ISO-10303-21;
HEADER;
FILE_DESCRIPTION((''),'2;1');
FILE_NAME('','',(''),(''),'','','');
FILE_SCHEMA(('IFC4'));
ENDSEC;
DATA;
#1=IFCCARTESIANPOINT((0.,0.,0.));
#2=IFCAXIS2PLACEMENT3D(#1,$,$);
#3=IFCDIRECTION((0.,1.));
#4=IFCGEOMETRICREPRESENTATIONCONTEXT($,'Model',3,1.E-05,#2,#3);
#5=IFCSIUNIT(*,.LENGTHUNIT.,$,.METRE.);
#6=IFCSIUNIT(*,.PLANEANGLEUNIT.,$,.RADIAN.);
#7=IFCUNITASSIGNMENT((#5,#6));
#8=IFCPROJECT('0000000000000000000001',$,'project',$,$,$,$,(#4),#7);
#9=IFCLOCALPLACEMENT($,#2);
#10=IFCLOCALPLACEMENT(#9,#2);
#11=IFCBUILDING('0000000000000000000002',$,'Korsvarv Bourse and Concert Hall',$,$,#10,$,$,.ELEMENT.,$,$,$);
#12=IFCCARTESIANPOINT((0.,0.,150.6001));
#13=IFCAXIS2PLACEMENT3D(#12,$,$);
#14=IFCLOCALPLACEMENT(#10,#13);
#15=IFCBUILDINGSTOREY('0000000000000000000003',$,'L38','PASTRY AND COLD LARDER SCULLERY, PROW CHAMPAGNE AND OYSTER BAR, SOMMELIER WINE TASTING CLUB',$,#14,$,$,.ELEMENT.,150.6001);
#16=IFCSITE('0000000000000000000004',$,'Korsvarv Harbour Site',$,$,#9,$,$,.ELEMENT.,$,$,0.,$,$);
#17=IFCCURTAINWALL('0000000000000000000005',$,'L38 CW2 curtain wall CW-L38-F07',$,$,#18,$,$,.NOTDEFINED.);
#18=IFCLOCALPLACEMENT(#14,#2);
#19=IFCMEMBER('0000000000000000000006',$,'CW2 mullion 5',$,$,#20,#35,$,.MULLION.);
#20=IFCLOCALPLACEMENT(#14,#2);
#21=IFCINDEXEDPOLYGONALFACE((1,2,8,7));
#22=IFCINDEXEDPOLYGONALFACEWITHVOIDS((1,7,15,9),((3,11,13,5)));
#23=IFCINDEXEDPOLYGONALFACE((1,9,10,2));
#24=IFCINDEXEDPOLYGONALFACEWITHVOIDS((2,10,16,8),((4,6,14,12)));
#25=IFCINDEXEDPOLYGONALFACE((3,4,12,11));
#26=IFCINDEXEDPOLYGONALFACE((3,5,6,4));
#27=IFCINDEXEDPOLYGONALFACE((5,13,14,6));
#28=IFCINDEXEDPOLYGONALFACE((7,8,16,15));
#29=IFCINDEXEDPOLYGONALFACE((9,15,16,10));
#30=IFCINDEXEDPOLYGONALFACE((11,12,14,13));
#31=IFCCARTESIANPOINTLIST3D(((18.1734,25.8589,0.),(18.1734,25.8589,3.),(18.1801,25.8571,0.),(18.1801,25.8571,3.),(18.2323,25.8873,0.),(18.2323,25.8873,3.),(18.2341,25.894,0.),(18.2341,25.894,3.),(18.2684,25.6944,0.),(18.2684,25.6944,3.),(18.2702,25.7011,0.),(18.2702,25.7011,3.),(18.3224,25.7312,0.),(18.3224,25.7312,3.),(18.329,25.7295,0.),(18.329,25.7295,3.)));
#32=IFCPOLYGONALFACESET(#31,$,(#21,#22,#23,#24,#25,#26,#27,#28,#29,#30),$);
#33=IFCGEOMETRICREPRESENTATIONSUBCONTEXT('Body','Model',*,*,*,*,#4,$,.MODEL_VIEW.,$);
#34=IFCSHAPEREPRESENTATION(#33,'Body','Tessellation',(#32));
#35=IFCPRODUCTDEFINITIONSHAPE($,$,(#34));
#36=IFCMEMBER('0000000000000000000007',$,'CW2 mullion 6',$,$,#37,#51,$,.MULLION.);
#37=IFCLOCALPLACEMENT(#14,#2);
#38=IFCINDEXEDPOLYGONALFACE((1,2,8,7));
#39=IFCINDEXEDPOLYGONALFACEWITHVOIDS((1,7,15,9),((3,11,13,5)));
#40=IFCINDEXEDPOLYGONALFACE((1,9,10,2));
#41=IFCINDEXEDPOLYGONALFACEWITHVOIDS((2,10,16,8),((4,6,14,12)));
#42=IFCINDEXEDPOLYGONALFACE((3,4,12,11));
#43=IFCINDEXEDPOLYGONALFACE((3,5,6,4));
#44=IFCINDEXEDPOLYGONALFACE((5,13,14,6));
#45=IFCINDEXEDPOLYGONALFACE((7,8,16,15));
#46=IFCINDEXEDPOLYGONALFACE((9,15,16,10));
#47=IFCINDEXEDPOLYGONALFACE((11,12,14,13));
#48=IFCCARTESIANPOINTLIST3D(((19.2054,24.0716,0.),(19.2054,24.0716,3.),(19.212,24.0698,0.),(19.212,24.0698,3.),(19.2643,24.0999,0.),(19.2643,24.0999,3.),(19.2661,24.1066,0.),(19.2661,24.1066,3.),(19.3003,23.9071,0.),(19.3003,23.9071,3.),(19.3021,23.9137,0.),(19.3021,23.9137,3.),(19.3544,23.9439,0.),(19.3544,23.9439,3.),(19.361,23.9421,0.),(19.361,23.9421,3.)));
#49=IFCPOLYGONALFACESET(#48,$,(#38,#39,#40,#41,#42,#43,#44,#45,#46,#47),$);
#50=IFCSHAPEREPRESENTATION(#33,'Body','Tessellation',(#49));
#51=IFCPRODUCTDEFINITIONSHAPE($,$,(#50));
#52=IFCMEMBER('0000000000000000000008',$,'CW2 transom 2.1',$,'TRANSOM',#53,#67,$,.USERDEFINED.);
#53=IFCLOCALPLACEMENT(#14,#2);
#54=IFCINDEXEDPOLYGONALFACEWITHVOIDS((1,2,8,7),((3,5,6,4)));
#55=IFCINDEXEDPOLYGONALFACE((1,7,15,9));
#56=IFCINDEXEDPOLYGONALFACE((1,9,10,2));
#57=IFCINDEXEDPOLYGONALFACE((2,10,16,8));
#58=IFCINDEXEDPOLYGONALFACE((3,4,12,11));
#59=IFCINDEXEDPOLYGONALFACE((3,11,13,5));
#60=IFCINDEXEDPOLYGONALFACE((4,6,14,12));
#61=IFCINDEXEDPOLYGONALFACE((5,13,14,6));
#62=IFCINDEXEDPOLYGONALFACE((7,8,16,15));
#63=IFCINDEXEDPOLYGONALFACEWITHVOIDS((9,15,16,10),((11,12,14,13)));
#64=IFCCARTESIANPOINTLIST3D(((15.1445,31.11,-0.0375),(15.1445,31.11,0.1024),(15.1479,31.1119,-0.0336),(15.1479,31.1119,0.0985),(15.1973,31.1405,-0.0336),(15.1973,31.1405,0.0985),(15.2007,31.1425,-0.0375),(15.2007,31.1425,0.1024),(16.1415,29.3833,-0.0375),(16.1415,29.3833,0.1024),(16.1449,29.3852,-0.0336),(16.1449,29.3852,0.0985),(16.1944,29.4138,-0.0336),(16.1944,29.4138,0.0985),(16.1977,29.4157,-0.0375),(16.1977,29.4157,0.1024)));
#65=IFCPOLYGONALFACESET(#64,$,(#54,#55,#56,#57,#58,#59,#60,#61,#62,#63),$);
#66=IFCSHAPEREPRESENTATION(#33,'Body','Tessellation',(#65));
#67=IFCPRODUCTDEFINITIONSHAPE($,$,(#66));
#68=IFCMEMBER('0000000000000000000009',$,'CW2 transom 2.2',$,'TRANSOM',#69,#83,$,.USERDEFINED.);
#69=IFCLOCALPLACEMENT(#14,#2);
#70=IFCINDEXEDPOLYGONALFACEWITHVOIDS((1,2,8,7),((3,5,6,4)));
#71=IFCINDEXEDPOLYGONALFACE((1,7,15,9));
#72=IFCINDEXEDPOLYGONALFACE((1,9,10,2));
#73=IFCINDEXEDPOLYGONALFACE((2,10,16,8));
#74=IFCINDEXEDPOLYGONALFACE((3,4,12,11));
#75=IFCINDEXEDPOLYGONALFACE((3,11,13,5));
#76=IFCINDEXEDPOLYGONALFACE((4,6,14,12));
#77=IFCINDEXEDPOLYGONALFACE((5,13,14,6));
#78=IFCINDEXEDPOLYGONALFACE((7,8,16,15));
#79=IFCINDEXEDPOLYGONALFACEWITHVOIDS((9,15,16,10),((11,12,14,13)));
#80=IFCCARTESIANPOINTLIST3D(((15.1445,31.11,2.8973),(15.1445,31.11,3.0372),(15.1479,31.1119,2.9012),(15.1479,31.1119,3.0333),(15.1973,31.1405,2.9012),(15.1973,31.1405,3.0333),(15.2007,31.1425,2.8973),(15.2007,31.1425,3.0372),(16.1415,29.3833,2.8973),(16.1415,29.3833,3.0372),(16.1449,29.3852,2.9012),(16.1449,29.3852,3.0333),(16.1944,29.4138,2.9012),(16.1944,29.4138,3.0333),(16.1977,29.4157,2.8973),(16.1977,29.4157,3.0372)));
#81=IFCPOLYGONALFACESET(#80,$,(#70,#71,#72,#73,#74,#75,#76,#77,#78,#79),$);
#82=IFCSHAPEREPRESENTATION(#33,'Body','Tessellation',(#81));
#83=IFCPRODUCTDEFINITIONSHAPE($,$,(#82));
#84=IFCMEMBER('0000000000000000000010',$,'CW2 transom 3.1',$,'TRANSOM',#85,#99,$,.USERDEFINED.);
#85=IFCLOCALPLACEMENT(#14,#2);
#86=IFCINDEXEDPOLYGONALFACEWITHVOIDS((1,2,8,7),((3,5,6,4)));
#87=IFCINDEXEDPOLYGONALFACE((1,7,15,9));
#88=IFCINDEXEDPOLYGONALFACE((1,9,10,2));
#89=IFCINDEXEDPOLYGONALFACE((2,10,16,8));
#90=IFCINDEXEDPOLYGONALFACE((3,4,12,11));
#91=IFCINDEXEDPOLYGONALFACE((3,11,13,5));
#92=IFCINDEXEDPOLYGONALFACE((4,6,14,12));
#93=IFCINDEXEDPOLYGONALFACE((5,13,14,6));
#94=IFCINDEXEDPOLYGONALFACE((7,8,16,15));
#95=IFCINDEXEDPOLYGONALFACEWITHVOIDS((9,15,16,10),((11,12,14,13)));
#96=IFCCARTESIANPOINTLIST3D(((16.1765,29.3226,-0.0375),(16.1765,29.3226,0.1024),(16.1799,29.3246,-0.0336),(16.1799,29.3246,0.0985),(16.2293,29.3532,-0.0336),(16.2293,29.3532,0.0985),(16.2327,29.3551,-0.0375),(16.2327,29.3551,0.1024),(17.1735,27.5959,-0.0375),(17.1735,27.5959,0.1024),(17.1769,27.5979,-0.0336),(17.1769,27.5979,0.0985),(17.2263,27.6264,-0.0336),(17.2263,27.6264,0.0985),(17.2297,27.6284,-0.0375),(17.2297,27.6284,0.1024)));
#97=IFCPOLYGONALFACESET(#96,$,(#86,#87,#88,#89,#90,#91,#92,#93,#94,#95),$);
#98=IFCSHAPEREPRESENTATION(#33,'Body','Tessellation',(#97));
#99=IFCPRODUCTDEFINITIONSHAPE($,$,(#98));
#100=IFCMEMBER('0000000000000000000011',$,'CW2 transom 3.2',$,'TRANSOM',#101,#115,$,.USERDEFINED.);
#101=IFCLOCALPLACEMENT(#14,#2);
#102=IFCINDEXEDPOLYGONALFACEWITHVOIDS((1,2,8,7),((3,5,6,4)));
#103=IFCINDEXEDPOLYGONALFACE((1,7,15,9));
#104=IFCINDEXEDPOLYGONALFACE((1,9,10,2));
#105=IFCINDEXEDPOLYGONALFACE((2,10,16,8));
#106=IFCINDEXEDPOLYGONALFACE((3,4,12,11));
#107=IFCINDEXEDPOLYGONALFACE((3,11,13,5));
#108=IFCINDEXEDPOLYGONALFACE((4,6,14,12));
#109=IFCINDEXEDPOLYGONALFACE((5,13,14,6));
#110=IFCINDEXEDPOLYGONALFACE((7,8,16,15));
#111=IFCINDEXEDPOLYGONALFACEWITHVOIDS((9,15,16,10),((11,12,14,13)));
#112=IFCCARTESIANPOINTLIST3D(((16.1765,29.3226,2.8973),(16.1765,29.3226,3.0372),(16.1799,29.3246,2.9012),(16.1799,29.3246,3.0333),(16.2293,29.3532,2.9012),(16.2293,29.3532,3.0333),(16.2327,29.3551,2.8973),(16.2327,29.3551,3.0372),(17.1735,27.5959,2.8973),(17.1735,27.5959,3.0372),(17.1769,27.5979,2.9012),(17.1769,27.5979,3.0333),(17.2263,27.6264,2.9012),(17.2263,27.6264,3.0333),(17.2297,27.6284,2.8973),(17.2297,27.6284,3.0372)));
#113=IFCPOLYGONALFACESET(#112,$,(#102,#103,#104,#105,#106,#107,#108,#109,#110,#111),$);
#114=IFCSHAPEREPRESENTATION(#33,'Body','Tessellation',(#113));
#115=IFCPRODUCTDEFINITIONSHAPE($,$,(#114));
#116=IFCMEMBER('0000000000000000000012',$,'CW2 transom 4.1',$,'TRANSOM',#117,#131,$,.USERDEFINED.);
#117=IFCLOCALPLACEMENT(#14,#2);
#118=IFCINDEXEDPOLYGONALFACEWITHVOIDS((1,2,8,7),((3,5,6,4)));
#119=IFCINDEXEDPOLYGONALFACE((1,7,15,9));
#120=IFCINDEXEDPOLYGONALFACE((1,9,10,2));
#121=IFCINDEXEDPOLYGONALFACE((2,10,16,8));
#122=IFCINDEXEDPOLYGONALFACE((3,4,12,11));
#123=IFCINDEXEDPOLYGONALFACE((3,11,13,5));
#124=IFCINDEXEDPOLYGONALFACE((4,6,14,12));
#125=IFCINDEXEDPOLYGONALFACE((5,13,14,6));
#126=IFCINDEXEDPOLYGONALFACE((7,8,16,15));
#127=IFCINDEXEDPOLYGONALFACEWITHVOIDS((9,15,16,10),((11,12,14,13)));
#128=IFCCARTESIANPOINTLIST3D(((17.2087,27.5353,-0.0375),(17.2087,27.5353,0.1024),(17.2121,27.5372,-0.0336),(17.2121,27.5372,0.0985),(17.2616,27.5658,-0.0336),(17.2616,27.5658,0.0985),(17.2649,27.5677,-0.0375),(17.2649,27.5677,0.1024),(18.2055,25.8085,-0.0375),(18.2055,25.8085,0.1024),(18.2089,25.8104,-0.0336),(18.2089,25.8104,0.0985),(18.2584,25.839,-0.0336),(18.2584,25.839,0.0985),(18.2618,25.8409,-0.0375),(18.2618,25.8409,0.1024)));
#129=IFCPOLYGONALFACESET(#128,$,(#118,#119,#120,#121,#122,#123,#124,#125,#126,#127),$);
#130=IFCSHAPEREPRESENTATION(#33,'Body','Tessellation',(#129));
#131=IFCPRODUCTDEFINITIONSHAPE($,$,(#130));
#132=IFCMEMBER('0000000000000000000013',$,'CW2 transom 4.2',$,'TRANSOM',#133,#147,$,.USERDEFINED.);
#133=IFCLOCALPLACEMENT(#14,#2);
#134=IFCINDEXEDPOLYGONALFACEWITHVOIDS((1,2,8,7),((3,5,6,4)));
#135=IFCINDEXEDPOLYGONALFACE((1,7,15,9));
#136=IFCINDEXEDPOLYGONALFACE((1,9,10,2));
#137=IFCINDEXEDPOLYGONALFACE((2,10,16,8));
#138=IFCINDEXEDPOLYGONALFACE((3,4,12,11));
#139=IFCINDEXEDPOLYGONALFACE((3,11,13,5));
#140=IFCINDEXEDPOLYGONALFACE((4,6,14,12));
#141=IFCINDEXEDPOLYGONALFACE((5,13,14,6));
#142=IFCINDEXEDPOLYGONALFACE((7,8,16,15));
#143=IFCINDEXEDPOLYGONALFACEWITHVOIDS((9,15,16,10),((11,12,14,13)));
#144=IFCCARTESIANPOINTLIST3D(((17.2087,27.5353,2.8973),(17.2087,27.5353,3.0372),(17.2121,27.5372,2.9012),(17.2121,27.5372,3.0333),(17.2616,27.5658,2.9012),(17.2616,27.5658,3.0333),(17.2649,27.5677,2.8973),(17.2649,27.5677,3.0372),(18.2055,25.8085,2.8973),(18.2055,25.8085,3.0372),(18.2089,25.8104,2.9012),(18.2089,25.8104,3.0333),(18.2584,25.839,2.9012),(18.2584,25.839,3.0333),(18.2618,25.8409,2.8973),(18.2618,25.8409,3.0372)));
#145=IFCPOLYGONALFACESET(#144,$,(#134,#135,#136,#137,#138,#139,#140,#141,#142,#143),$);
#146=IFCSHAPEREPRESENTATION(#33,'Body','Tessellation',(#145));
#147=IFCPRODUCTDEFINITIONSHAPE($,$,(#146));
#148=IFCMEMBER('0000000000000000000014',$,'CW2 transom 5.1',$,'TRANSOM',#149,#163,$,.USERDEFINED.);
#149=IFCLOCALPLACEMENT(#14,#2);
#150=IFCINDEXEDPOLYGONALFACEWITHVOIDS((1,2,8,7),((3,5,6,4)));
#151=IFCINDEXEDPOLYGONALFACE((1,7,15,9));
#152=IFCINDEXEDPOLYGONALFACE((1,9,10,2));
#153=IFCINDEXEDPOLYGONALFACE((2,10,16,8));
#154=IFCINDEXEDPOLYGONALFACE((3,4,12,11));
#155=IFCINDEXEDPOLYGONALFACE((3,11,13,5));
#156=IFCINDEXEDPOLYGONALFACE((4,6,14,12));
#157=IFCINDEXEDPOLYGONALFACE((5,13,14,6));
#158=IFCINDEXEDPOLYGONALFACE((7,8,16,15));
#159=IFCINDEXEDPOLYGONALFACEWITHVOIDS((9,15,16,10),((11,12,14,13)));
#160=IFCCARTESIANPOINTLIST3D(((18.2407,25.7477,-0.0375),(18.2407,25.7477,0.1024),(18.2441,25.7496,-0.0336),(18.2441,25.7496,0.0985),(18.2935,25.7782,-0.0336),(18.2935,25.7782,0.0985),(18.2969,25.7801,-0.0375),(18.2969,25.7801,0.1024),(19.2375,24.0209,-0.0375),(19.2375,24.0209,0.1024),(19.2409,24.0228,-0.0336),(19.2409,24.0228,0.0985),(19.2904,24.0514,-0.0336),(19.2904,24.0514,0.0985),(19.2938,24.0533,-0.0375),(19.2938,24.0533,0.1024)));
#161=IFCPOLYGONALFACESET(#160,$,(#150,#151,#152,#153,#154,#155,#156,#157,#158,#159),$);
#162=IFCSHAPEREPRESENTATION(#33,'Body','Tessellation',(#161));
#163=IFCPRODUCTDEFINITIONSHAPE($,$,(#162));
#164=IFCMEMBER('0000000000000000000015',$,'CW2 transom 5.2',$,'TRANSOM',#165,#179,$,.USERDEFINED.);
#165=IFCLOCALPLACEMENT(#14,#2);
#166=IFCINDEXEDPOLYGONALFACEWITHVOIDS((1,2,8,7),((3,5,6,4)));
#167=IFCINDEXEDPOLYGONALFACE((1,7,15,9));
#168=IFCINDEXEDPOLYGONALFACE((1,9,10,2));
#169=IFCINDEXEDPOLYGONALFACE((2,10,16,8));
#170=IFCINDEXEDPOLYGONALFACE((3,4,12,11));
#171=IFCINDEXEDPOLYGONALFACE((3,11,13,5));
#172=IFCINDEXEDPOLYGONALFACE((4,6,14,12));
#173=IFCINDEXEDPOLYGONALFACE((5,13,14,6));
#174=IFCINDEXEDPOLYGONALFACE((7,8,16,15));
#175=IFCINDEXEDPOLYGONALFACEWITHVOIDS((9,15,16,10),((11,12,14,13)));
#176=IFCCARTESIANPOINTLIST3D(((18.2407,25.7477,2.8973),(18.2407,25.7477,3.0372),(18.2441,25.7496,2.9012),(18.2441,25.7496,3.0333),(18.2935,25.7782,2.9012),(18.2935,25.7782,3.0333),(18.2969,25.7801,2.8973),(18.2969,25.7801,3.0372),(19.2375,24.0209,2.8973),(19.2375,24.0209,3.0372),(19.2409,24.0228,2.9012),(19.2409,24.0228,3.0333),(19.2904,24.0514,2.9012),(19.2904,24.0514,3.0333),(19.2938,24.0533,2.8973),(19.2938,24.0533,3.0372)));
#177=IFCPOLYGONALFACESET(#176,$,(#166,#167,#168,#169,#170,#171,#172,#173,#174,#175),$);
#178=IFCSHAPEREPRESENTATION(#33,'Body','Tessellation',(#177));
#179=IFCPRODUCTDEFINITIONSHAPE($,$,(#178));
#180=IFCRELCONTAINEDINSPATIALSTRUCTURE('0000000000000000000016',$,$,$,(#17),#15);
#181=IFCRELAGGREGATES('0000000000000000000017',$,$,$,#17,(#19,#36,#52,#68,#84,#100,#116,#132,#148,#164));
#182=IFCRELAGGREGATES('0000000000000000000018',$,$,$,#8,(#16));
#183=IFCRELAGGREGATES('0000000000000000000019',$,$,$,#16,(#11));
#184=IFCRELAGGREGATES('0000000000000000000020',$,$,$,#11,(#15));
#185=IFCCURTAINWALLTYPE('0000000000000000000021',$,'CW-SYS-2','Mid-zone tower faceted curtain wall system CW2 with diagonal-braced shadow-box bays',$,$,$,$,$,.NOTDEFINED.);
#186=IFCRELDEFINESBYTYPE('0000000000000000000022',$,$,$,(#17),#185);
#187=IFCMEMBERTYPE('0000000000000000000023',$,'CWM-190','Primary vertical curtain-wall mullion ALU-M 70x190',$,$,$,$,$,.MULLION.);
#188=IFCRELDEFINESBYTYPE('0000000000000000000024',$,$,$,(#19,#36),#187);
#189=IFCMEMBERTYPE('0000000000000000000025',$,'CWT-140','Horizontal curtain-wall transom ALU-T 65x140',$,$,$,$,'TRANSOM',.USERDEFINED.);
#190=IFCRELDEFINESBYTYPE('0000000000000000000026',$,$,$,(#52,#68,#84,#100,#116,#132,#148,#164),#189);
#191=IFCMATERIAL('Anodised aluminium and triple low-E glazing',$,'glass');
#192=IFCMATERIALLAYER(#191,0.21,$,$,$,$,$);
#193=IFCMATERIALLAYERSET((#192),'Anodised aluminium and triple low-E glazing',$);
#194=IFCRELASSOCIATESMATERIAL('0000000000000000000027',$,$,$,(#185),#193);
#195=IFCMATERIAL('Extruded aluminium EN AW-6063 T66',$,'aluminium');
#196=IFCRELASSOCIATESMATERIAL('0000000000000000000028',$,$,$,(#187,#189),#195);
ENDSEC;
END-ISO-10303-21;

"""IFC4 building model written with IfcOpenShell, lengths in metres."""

from ifc_helpers import new_model, si_unit, direction, frame, origin, origin_2d, place, context, subcontext, project, spatial, hollow_rectangle, extrude, source, transform, mapped, material, layer, layer_set, material_profile, profile_set, type_object, element, aggregate, save


model = new_model("IFC4")

# Units and contexts
model_context = context("Model", 3, precision=1e-05, world=origin(), true_north=direction((0.0, 1.0)))
body_context = subcontext(model_context, "Body", "Model", "MODEL_VIEW")
ifc_project = project(units=[si_unit("LENGTHUNIT", "METRE"), si_unit("PLANEANGLEUNIT", "RADIAN")], contexts=[model_context])

# Site, building, storey
site_placement = place(None, origin())
site = spatial("IfcSite", under=ifc_project, at=site_placement, Name="Korsvarv Harbour Site", CompositionType="ELEMENT", RefElevation=0.0)
building_placement = place(site_placement, origin())
building = spatial("IfcBuilding", under=site, at=building_placement, Name="Korsvarv Bourse and Concert Hall", CompositionType="ELEMENT")
storey_placement = place(building_placement, frame((0.0, 0.0, 150.6001)))
storey = spatial("IfcBuildingStorey", under=building, at=storey_placement, Name="L38", Description="PASTRY AND COLD LARDER SCULLERY, PROW CHAMPAGNE AND OYSTER BAR, SOMMELIER WINE TASTING CLUB", CompositionType="ELEMENT", Elevation=150.6001)

# Curtain wall, members
ifc_material_1 = material(Name="Anodised aluminium and triple low-E glazing", Category="glass")
ifc_layer_1 = layer(ifc_material_1, 0.21)
ifc_layer_set_1 = layer_set([ifc_layer_1], Name="Anodised aluminium and triple low-E glazing")
curtain_wall_type = type_object("IfcCurtainWallType", Name="CW-SYS-2", Description="Mid-zone tower faceted curtain wall system CW2 with diagonal-braced shadow-box bays", PredefinedType="NOTDEFINED", material=ifc_layer_set_1)
curtain_wall_placement = place(storey_placement, origin())
curtain_wall = element("IfcCurtainWall", 1, at=curtain_wall_placement, inside=storey, type_object=curtain_wall_type, Name="L38 CW2 curtain wall CW-L38-F07", PredefinedType="NOTDEFINED")
ifc_material_2 = material(Name="Extruded aluminium EN AW-6063 T66", Category="aluminium")
ifc_material_profile_1 = material_profile(ifc_material_2, hollow_rectangle(XDim=0.0701, YDim=0.1899, WallThickness=0.0049, at=origin_2d()), Name="ALU-M 70x190")
ifc_profile_set_1 = profile_set([ifc_material_profile_1], Name="Extruded aluminium EN AW-6063 T66")
member_type_1 = type_object("IfcMemberType", Name="CWM-190", Description="Primary vertical curtain-wall mullion ALU-M 70x190", PredefinedType="MULLION", material=ifc_profile_set_1)
shared_shape_1 = source(origin(), body_context, "Body", "SweptSolid", [
    extrude(hollow_rectangle(XDim=0.0701, YDim=0.1899, WallThickness=0.0049, at=origin_2d()), origin(), (0.0, 0.0, 1.0), 3.0),
])
member_1_placement = place(storey_placement, frame((18.2512, 25.7942, 0.0), z_axis=(0.0, 0.0, 1.0), x_axis=(0.866022, 0.500006, 0.0)))
member_1 = element("IfcMember", 2, at=member_1_placement, type_object=member_type_1, Name="CW2 mullion 5", PredefinedType="MULLION", context=body_context, shape_type="MappedRepresentation", body=[
    mapped(shared_shape_1, transform((0.0, 0.0, 0.0), scale=1.0)),
])
member_2_placement = place(storey_placement, frame((19.2832, 24.0068, 0.0), z_axis=(0.0, 0.0, 1.0), x_axis=(0.866022, 0.500006, 0.0)))
member_2 = element("IfcMember", 3, at=member_2_placement, type_object=member_type_1, Name="CW2 mullion 6", PredefinedType="MULLION", context=body_context, shape_type="MappedRepresentation", body=[
    mapped(shared_shape_1, transform((0.0, 0.0, 0.0), scale=1.0)),
])
ifc_material_profile_2 = material_profile(ifc_material_2, hollow_rectangle(XDim=0.0649, YDim=0.1399, WallThickness=0.0039, at=origin_2d()), Name="ALU-T 65x140")
ifc_profile_set_2 = profile_set([ifc_material_profile_2], Name="Extruded aluminium EN AW-6063 T66")
member_type_2 = type_object("IfcMemberType", Name="CWT-140", Description="Horizontal curtain-wall transom ALU-T 65x140", ElementType="TRANSOM", PredefinedType="USERDEFINED", material=ifc_profile_set_2)
shared_shape_2 = source(origin(), body_context, "Body", "SweptSolid", [
    extrude(hollow_rectangle(XDim=0.0649, YDim=0.1399, WallThickness=0.0039, at=origin_2d()), origin(), (0.0, 0.0, 1.0), 1.9939),
])
member_3_placement = place(storey_placement, frame((15.1726, 31.1262, 0.0325), z_axis=(0.500037, -0.866004, 0.0), x_axis=(0.866004, 0.500037, 0.0)))
member_3 = element("IfcMember", 4, at=member_3_placement, type_object=member_type_2, Name="CW2 transom 2.1", ObjectType="TRANSOM", PredefinedType="USERDEFINED", context=body_context, shape_type="MappedRepresentation", body=[
    mapped(shared_shape_2, transform((0.0, 0.0, 0.0), scale=1.0)),
])
member_4_placement = place(storey_placement, frame((15.1726, 31.1262, 2.9673), z_axis=(0.500037, -0.866004, 0.0), x_axis=(0.866004, 0.500037, 0.0)))
member_4 = element("IfcMember", 5, at=member_4_placement, type_object=member_type_2, Name="CW2 transom 2.2", ObjectType="TRANSOM", PredefinedType="USERDEFINED", context=body_context, shape_type="MappedRepresentation", body=[
    mapped(shared_shape_2, transform((0.0, 0.0, 0.0), scale=1.0)),
])
member_5_placement = place(storey_placement, frame((16.2046, 29.3389, 0.0325), z_axis=(0.500037, -0.866004, 0.0), x_axis=(0.866004, 0.500037, 0.0)))
member_5 = element("IfcMember", 6, at=member_5_placement, type_object=member_type_2, Name="CW2 transom 3.1", ObjectType="TRANSOM", PredefinedType="USERDEFINED", context=body_context, shape_type="MappedRepresentation", body=[
    mapped(shared_shape_2, transform((0.0, 0.0, 0.0), scale=1.0)),
])
member_6_placement = place(storey_placement, frame((16.2046, 29.3389, 2.9673), z_axis=(0.500037, -0.866004, 0.0), x_axis=(0.866004, 0.500037, 0.0)))
member_6 = element("IfcMember", 7, at=member_6_placement, type_object=member_type_2, Name="CW2 transom 3.2", ObjectType="TRANSOM", PredefinedType="USERDEFINED", context=body_context, shape_type="MappedRepresentation", body=[
    mapped(shared_shape_2, transform((0.0, 0.0, 0.0), scale=1.0)),
])
member_7_placement = place(storey_placement, frame((17.2368, 27.5515, 0.0325), z_axis=(0.499945, -0.866057, 0.0), x_axis=(0.866057, 0.499945, 0.0)))
member_7 = element("IfcMember", 8, at=member_7_placement, type_object=member_type_2, Name="CW2 transom 4.1", ObjectType="TRANSOM", PredefinedType="USERDEFINED", context=body_context, shape_type="MappedRepresentation", body=[
    mapped(shared_shape_2, transform((0.0, 0.0, 0.0), scale=1.0)),
])
member_8_placement = place(storey_placement, frame((17.2368, 27.5515, 2.9673), z_axis=(0.499945, -0.866057, 0.0), x_axis=(0.866057, 0.499945, 0.0)))
member_8 = element("IfcMember", 9, at=member_8_placement, type_object=member_type_2, Name="CW2 transom 4.2", ObjectType="TRANSOM", PredefinedType="USERDEFINED", context=body_context, shape_type="MappedRepresentation", body=[
    mapped(shared_shape_2, transform((0.0, 0.0, 0.0), scale=1.0)),
])
member_9_placement = place(storey_placement, frame((18.2688, 25.7639, 0.0325), z_axis=(0.499945, -0.866057, 0.0), x_axis=(0.866057, 0.499945, 0.0)))
member_9 = element("IfcMember", 10, at=member_9_placement, type_object=member_type_2, Name="CW2 transom 5.1", ObjectType="TRANSOM", PredefinedType="USERDEFINED", context=body_context, shape_type="MappedRepresentation", body=[
    mapped(shared_shape_2, transform((0.0, 0.0, 0.0), scale=1.0)),
])
member_10_placement = place(storey_placement, frame((18.2688, 25.7639, 2.9673), z_axis=(0.499945, -0.866057, 0.0), x_axis=(0.866057, 0.499945, 0.0)))
member_10 = element("IfcMember", 11, at=member_10_placement, type_object=member_type_2, Name="CW2 transom 5.2", ObjectType="TRANSOM", PredefinedType="USERDEFINED", context=body_context, shape_type="MappedRepresentation", body=[
    mapped(shared_shape_2, transform((0.0, 0.0, 0.0), scale=1.0)),
])
aggregate(curtain_wall, [member_1, member_2, member_3, member_4, member_5, member_6, member_7, member_8, member_9, member_10])

save(model, "model.ifc")
